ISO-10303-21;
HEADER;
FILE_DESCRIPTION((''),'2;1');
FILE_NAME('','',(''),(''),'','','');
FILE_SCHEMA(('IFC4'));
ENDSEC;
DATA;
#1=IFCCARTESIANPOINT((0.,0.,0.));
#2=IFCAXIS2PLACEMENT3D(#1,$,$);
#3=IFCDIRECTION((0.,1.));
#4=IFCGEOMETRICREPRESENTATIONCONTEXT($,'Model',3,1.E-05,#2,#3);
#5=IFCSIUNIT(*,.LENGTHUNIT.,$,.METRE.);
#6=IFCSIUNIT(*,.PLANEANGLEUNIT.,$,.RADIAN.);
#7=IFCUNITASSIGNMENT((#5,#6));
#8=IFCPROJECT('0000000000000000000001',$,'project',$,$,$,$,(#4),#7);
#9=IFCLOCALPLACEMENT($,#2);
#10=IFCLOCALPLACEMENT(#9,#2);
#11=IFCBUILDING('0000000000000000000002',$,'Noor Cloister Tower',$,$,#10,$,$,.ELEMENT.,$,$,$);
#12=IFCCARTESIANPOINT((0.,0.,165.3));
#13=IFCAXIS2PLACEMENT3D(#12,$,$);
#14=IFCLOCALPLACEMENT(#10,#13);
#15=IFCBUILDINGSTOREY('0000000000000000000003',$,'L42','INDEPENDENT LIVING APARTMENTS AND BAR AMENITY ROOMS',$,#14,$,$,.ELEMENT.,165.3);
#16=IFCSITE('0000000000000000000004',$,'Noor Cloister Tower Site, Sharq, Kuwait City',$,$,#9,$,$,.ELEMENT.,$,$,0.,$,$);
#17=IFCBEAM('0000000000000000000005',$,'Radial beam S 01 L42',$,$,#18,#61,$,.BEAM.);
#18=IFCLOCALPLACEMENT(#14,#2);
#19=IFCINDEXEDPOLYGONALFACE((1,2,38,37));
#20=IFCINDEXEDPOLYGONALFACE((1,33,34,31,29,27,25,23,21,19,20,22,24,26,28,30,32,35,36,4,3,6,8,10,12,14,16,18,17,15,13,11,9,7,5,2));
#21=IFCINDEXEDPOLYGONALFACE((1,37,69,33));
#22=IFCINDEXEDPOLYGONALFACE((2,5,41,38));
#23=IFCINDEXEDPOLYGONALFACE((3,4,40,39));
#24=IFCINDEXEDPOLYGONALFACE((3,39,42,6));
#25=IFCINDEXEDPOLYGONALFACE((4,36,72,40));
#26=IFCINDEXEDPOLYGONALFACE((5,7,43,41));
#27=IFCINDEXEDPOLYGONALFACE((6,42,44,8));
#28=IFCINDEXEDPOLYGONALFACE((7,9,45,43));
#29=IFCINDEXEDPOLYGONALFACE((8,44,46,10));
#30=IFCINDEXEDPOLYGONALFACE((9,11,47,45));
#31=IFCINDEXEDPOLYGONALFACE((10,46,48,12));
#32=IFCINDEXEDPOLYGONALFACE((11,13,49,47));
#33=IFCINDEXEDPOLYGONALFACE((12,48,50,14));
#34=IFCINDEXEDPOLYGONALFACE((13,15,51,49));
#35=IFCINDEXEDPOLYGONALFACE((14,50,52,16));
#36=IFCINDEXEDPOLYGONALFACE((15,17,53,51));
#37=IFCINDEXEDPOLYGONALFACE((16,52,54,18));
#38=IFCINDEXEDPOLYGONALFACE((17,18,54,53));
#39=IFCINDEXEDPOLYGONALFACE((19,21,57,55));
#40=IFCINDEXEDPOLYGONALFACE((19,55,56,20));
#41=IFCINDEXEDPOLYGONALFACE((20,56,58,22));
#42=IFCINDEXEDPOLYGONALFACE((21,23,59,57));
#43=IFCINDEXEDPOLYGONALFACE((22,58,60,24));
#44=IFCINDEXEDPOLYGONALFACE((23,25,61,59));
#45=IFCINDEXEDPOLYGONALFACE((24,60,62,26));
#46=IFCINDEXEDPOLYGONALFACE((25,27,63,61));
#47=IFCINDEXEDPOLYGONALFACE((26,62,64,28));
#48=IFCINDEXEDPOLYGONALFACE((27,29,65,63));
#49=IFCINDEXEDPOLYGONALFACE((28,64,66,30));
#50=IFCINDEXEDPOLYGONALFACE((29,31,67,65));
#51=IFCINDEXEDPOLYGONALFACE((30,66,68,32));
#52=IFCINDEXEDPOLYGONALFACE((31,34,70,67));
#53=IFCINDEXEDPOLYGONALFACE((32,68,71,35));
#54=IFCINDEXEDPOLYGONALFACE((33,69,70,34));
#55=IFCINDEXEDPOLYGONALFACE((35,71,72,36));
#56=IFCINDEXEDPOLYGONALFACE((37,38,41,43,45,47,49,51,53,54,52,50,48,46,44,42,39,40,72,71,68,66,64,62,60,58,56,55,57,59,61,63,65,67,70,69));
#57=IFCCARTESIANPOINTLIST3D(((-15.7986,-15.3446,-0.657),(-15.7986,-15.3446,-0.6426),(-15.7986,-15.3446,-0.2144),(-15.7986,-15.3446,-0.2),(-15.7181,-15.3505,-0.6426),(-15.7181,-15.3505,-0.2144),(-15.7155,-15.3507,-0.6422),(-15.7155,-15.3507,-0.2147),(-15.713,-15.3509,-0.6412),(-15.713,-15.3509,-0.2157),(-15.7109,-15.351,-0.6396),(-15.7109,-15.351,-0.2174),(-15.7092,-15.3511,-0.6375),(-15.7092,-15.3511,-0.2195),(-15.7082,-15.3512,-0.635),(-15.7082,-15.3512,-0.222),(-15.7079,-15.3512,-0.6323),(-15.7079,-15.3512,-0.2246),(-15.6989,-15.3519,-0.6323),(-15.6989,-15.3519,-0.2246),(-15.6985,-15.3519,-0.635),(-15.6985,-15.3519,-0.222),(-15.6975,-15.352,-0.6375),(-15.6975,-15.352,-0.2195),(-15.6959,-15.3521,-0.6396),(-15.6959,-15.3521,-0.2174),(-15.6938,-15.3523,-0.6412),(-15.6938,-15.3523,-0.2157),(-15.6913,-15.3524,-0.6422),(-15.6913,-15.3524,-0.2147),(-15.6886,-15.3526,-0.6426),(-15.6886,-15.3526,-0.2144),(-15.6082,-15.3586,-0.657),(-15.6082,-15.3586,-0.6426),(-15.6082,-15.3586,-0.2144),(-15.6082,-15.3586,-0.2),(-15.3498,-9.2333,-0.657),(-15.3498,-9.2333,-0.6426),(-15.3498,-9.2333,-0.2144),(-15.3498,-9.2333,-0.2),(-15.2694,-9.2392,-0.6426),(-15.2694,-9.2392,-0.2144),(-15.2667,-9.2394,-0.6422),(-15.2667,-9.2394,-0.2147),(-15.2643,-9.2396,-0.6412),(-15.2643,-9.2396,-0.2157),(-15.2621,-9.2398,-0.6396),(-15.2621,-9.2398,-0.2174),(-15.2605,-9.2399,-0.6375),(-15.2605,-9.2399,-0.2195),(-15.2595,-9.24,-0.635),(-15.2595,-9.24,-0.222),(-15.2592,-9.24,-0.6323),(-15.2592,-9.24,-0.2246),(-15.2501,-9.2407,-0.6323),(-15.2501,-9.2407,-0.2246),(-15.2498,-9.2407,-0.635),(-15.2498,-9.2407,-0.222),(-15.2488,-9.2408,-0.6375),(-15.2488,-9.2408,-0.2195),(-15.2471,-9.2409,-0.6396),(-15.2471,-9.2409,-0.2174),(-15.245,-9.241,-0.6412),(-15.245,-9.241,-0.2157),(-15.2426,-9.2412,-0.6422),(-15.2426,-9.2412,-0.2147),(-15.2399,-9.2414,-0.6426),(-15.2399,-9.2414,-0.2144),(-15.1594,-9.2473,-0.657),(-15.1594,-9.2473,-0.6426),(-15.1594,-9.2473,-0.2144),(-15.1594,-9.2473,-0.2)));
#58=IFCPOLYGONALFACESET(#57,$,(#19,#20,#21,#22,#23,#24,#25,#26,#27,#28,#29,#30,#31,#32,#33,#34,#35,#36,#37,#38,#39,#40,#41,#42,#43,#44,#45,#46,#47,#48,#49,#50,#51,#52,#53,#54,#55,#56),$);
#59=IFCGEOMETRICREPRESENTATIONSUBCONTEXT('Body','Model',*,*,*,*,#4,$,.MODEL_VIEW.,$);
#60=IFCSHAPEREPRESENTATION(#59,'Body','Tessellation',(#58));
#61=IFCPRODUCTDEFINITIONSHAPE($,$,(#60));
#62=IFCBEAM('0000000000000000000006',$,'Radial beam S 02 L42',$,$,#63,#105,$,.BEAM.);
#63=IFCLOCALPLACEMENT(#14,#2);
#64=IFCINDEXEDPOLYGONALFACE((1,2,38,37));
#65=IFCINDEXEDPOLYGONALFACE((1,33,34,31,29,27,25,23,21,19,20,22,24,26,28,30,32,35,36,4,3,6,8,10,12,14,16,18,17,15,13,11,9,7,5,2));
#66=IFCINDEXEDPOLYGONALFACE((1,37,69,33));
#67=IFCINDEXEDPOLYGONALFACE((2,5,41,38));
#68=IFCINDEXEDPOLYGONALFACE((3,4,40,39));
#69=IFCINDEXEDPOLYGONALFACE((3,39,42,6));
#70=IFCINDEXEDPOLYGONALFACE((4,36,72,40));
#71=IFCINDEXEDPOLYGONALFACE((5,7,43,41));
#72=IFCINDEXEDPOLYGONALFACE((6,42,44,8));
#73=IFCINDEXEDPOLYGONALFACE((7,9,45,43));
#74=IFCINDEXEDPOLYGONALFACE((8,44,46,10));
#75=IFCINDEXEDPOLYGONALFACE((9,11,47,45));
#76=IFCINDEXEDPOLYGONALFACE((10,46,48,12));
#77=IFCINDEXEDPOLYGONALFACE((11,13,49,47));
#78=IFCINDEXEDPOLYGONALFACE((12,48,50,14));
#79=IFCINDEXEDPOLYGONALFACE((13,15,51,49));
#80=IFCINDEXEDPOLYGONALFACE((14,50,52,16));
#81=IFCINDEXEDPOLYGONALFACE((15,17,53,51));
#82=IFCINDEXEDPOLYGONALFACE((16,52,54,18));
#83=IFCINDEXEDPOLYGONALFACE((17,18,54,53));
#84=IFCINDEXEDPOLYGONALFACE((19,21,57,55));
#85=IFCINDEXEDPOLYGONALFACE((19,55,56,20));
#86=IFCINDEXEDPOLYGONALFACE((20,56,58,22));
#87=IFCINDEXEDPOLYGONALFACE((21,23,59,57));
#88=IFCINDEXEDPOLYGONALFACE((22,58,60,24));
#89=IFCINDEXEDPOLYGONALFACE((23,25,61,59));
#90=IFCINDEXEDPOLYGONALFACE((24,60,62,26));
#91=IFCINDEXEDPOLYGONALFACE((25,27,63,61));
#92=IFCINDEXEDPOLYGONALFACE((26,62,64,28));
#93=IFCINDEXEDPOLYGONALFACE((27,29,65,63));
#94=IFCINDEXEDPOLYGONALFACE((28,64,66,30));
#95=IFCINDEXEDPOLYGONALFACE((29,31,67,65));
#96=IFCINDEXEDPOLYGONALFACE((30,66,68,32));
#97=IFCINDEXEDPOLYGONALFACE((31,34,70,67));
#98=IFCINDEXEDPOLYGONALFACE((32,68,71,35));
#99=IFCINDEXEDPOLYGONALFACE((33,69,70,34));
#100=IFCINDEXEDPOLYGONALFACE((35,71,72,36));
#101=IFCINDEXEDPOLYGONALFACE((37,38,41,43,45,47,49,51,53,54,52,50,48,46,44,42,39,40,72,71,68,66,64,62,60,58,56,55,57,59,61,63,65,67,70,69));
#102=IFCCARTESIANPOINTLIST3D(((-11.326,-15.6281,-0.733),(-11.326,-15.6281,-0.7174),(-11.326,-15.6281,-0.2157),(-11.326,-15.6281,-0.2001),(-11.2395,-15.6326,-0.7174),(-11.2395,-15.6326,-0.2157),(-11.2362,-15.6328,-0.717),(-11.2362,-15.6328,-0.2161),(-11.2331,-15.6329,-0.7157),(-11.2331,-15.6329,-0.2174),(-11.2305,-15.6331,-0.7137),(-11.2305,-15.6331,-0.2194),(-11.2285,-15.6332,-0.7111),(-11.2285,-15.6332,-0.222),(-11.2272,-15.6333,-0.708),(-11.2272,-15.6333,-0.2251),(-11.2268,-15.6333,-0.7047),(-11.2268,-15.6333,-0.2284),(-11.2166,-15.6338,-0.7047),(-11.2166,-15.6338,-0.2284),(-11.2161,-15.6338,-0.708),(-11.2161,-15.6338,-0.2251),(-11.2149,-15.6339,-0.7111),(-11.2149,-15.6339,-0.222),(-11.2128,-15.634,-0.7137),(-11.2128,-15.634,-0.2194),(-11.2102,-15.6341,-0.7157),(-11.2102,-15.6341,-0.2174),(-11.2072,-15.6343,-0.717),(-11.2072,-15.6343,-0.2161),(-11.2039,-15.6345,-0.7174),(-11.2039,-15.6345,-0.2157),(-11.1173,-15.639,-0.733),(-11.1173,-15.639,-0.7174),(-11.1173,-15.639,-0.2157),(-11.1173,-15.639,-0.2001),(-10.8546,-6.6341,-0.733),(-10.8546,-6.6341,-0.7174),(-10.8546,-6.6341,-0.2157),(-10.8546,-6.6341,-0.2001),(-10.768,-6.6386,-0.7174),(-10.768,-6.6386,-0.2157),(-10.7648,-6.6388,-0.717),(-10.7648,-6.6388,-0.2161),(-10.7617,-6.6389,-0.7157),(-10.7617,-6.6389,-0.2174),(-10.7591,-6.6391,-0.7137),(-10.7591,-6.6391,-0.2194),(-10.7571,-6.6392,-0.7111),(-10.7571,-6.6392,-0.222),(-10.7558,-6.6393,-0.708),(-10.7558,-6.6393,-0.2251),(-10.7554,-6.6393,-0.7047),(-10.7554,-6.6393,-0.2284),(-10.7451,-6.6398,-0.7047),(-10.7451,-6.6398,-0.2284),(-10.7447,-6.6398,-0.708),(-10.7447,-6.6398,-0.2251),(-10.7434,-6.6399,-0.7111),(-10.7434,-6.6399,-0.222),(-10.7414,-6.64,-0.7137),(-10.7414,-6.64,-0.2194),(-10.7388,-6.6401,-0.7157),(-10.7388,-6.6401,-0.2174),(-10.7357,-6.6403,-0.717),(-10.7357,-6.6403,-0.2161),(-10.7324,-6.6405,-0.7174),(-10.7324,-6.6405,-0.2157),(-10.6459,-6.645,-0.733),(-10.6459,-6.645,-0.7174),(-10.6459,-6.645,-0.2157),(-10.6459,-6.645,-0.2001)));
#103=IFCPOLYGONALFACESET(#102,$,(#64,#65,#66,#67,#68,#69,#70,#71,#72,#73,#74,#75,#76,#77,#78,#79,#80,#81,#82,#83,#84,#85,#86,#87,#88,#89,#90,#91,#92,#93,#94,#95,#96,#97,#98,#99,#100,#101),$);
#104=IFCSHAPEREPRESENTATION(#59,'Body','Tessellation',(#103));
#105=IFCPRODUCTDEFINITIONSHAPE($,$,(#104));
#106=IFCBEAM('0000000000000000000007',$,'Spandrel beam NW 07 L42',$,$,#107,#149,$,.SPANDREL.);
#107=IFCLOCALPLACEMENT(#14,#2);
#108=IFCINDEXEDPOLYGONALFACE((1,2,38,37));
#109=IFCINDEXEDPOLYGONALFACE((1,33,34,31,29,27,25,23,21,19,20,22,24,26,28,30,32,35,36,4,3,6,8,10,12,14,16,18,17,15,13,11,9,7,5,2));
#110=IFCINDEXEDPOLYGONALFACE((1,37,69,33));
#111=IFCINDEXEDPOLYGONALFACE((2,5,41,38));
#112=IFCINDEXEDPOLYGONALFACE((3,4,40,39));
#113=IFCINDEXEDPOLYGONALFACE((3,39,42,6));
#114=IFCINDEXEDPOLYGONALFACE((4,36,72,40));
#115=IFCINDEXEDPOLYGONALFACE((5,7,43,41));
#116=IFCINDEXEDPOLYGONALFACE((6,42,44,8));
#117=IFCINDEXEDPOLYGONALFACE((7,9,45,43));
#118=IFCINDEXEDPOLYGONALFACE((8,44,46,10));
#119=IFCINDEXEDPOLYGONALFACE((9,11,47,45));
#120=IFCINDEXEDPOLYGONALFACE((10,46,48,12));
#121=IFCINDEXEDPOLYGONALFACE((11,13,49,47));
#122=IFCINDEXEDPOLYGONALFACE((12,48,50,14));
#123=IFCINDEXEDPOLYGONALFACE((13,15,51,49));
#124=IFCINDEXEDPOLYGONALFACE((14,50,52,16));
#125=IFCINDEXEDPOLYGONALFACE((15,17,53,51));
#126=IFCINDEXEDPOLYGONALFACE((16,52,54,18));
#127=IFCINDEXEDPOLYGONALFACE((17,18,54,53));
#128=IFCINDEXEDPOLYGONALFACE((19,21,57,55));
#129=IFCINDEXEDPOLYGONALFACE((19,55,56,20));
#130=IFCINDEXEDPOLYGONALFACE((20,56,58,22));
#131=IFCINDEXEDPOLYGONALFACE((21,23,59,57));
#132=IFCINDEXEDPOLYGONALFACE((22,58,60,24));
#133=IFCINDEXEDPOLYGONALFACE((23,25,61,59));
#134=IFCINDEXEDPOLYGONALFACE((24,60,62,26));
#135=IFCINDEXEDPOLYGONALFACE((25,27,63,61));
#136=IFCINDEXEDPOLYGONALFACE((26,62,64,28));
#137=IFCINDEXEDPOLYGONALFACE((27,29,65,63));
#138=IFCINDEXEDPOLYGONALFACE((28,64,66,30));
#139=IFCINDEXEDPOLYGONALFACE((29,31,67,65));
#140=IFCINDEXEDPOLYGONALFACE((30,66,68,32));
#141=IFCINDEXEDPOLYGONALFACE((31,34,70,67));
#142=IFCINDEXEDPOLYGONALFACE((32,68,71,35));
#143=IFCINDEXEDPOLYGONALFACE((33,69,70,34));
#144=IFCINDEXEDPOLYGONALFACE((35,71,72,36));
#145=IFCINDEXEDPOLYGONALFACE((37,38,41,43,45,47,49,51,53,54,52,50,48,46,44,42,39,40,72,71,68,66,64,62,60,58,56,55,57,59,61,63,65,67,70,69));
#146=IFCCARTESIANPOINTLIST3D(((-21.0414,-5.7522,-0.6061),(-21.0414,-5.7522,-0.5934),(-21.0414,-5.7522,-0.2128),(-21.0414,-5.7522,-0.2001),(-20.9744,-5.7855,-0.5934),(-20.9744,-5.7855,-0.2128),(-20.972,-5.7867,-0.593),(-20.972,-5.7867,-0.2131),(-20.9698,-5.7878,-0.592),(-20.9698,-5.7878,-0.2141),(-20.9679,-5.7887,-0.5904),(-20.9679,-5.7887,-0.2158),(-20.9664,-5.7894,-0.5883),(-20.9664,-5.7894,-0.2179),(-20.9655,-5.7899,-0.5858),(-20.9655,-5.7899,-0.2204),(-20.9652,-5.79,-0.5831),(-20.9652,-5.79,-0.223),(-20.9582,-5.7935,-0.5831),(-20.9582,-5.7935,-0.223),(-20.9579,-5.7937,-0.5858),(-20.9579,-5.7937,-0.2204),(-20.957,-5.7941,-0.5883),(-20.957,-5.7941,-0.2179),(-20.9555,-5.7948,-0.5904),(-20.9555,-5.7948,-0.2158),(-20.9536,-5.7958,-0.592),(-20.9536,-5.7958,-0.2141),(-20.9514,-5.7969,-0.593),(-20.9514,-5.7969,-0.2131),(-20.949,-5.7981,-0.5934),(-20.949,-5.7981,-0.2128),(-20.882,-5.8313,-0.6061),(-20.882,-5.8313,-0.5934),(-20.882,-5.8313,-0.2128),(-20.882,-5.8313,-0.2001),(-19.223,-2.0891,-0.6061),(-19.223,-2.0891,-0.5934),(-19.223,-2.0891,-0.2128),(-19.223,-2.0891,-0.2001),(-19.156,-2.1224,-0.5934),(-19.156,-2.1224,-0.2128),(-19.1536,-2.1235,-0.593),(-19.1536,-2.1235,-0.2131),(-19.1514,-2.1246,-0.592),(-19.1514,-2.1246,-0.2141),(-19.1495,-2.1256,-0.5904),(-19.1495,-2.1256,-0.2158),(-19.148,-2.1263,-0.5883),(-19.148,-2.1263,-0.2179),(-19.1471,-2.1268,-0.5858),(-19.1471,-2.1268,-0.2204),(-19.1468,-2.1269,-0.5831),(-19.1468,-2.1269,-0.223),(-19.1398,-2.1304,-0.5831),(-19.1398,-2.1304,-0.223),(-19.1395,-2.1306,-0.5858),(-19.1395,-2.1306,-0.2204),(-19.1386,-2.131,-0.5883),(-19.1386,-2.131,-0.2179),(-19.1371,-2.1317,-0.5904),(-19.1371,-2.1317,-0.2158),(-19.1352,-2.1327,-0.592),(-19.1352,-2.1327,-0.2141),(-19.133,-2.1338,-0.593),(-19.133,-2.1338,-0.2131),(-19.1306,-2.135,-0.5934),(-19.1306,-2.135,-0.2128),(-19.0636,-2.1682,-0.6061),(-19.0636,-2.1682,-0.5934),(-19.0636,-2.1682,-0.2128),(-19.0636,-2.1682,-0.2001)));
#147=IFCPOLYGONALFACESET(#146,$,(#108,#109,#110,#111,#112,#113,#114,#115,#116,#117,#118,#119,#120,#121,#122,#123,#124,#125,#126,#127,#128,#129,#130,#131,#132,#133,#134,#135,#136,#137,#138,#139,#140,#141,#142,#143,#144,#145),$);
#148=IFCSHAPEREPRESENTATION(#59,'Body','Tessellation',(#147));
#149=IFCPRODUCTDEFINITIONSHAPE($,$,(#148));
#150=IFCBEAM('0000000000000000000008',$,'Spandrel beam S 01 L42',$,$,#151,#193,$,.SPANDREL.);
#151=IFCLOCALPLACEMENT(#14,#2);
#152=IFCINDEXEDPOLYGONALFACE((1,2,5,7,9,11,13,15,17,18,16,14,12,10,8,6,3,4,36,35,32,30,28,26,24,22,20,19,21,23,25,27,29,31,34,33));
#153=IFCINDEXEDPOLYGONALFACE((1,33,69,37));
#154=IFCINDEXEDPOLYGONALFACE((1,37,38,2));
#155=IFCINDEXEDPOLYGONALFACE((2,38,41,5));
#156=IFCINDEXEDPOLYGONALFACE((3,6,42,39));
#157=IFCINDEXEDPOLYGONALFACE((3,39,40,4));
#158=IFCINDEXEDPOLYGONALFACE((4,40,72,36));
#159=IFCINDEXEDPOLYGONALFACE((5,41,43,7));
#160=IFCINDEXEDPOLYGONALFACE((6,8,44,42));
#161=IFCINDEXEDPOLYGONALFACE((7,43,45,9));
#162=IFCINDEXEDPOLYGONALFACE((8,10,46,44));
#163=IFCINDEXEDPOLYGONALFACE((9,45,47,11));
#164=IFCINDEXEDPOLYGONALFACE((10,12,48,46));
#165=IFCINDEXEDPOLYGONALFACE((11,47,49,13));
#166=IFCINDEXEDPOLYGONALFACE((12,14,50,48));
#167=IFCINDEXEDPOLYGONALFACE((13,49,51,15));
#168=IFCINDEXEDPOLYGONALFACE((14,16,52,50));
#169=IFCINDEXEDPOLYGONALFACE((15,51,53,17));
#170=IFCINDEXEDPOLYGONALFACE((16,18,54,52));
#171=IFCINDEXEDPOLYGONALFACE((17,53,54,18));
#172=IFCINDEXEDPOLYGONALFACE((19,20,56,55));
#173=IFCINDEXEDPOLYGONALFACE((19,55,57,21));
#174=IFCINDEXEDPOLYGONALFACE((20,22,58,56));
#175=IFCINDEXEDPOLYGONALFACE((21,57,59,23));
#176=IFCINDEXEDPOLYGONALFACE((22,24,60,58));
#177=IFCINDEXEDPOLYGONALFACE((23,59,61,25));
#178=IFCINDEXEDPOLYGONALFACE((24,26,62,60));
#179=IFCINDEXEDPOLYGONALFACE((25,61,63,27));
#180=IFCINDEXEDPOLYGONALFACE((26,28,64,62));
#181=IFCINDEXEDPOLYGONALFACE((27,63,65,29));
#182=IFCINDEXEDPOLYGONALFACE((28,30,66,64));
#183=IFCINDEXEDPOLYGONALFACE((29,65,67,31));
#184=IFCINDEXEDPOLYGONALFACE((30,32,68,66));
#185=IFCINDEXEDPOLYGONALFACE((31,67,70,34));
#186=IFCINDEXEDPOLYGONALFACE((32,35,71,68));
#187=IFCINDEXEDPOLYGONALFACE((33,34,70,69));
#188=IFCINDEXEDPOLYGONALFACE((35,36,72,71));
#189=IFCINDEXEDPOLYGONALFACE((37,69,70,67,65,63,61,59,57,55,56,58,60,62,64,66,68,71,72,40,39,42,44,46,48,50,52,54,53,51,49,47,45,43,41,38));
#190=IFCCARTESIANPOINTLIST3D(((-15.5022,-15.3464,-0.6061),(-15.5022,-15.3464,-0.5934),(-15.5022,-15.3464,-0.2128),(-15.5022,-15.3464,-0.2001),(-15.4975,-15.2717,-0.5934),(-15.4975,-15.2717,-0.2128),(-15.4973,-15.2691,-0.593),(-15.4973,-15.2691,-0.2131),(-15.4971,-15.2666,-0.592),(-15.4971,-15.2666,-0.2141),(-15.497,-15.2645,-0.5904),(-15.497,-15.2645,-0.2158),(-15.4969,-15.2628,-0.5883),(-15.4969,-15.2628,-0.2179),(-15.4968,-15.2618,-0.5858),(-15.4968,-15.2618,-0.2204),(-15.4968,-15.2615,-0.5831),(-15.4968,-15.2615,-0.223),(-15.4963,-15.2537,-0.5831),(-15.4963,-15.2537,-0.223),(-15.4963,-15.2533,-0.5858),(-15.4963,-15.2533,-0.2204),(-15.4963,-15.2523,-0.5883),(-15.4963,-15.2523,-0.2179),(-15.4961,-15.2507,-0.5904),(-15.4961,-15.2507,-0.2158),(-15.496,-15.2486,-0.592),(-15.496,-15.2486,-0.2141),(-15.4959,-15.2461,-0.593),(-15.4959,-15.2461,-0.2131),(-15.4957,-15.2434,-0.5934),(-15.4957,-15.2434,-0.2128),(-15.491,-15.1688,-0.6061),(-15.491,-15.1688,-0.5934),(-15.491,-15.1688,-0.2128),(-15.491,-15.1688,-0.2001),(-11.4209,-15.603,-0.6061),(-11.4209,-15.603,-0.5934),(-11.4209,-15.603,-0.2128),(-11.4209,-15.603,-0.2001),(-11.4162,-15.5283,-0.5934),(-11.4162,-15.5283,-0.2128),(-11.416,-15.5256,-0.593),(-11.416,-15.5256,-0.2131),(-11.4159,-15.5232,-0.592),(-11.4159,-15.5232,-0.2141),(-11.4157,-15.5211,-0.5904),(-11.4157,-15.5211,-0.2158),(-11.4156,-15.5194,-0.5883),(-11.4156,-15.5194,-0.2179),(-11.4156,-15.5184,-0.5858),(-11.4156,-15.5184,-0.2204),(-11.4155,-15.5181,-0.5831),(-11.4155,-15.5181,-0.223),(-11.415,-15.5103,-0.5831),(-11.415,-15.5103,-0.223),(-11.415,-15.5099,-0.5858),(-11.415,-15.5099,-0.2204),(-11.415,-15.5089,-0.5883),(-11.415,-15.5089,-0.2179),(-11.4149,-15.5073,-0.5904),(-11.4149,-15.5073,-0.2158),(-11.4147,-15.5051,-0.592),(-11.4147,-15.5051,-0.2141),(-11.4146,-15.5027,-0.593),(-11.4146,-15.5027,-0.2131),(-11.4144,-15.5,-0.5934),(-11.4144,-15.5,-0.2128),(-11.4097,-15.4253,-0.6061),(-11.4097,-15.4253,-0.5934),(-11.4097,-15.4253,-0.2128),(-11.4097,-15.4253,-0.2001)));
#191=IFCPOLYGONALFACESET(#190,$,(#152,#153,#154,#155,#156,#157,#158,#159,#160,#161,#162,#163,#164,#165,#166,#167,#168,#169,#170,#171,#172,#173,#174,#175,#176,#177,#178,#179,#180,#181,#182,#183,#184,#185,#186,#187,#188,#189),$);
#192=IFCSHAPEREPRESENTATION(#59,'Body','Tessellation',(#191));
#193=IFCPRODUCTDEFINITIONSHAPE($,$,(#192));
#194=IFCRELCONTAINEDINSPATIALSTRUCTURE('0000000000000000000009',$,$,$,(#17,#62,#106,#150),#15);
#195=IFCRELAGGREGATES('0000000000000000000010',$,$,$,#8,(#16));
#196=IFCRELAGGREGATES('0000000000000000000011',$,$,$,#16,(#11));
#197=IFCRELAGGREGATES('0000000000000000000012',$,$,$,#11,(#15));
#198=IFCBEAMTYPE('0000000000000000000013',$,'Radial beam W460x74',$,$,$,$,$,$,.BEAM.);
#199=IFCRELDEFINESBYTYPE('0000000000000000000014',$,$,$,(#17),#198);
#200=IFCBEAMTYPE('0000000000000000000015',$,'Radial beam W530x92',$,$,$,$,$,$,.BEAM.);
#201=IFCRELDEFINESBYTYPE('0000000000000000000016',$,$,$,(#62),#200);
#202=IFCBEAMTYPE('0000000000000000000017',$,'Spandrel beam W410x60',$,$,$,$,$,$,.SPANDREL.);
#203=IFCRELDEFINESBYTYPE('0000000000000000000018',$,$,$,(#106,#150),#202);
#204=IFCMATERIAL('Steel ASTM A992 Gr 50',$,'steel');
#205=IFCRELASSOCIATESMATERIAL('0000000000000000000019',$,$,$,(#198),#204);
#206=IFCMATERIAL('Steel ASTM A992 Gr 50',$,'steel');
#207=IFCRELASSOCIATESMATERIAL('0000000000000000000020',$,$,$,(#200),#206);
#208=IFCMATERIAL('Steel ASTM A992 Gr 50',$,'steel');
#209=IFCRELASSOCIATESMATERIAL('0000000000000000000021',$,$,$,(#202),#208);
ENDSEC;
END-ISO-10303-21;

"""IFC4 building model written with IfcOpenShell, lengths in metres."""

from ifc_helpers import new_model, si_unit, direction, frame, origin, origin_2d, place, context, subcontext, project, spatial, i_section, extrude, material, material_profile, profile_set, type_object, element, save


model = new_model("IFC4")

# Units and contexts
model_context = context("Model", 3, precision=1e-05, world=origin(), true_north=direction((0.0, 1.0)))
body_context = subcontext(model_context, "Body", "Model", "MODEL_VIEW")
ifc_project = project(units=[si_unit("LENGTHUNIT", "METRE"), si_unit("PLANEANGLEUNIT", "RADIAN")], contexts=[model_context])

# Site, building, storey
site_placement = place(None, origin())
site = spatial("IfcSite", under=ifc_project, at=site_placement, Name="Noor Cloister Tower Site, Sharq, Kuwait City", CompositionType="ELEMENT", RefElevation=0.0)
building_placement = place(site_placement, origin())
building = spatial("IfcBuilding", under=site, at=building_placement, Name="Noor Cloister Tower", CompositionType="ELEMENT")
storey_placement = place(building_placement, frame((0.0, 0.0, 165.3)))
storey = spatial("IfcBuildingStorey", under=building, at=storey_placement, Name="L42", Description="INDEPENDENT LIVING APARTMENTS AND BAR AMENITY ROOMS", CompositionType="ELEMENT", Elevation=165.3)

# Beams
ifc_material_1 = material(Name="Steel ASTM A992 Gr 50", Category="steel")
ifc_material_profile_1 = material_profile(ifc_material_1, i_section(OverallWidth=0.1909, OverallDepth=0.457, WebThickness=0.009, FlangeThickness=0.0144, FilletRadius=0.0103, at=origin_2d()), Name="W460x74")
ifc_profile_set_1 = profile_set([ifc_material_profile_1], Name="Steel ASTM A992 Gr 50")
beam_type_1 = type_object("IfcBeamType", Name="Radial beam W460x74", PredefinedType="BEAM", material=ifc_profile_set_1)
beam_1_placement = place(storey_placement, frame((-15.7034, -15.3516, -0.4285), z_axis=(0.073229, 0.997315, 0.0), x_axis=(-0.997315, 0.073229, 0.0)))
element("IfcBeam", 1, at=beam_1_placement, inside=storey, type_object=beam_type_1, Name="Radial beam S 01 L42", PredefinedType="BEAM", context=body_context, shape_type="SweptSolid", body=[
    extrude(i_section(OverallWidth=0.1909, OverallDepth=0.457, WebThickness=0.009, FlangeThickness=0.0144, FilletRadius=0.0103, at=origin_2d()), origin(), (0.0, 0.0, 1.0), 6.1277),
])
ifc_material_2 = material(Name="Steel ASTM A992 Gr 50", Category="steel")
ifc_material_profile_2 = material_profile(ifc_material_2, i_section(OverallWidth=0.209, OverallDepth=0.533, WebThickness=0.0103, FlangeThickness=0.0156, FilletRadius=0.0127, at=origin_2d()), Name="W530x92")
ifc_profile_set_2 = profile_set([ifc_material_profile_2], Name="Steel ASTM A992 Gr 50")
beam_type_2 = type_object("IfcBeamType", Name="Radial beam W530x92", PredefinedType="BEAM", material=ifc_profile_set_2)
beam_2_placement = place(storey_placement, frame((-11.2217, -15.6335, -0.4666), z_axis=(0.052345, 0.998629, 0.0), x_axis=(-0.998629, 0.052345, 0.0)))
element("IfcBeam", 2, at=beam_2_placement, inside=storey, type_object=beam_type_2, Name="Radial beam S 02 L42", PredefinedType="BEAM", context=body_context, shape_type="SweptSolid", body=[
    extrude(i_section(OverallWidth=0.209, OverallDepth=0.533, WebThickness=0.0103, FlangeThickness=0.0156, FilletRadius=0.0127, at=origin_2d()), origin(), (0.0, 0.0, 1.0), 9.0063),
])
ifc_material_3 = material(Name="Steel ASTM A992 Gr 50", Category="steel")
ifc_material_profile_3 = material_profile(ifc_material_3, i_section(OverallWidth=0.178, OverallDepth=0.406, WebThickness=0.0078, FlangeThickness=0.0127, FilletRadius=0.0103, at=origin_2d()), Name="W410x60")
ifc_profile_set_3 = profile_set([ifc_material_profile_3], Name="Steel ASTM A992 Gr 50")
beam_type_3 = type_object("IfcBeamType", Name="Spandrel beam W410x60", PredefinedType="SPANDREL", material=ifc_profile_set_3)
beam_3_placement = place(storey_placement, frame((-19.1433, -2.1287, -0.4031), z_axis=(-0.444633, -0.895713, 0.0), x_axis=(0.895713, -0.444633, 0.0)))
element("IfcBeam", 3, at=beam_3_placement, inside=storey, type_object=beam_type_3, Name="Spandrel beam NW 07 L42", PredefinedType="SPANDREL", context=body_context, shape_type="SweptSolid", body=[
    extrude(i_section(OverallWidth=0.178, OverallDepth=0.406, WebThickness=0.0078, FlangeThickness=0.0127, FilletRadius=0.0103, at=origin_2d()), origin(), (0.0, 0.0, 1.0), 4.0896),
])
beam_4_placement = place(storey_placement, frame((-15.4966, -15.2576, -0.4031), z_axis=(0.99803, -0.062746, 0.0), x_axis=(0.062746, 0.99803, 0.0)))
element("IfcBeam", 4, at=beam_4_placement, inside=storey, type_object=beam_type_3, Name="Spandrel beam S 01 L42", PredefinedType="SPANDREL", context=body_context, shape_type="SweptSolid", body=[
    extrude(i_section(OverallWidth=0.178, OverallDepth=0.406, WebThickness=0.0078, FlangeThickness=0.0127, FilletRadius=0.0103, at=origin_2d()), origin(), (0.0, 0.0, 1.0), 4.0894),
])

save(model, "model.ifc")
